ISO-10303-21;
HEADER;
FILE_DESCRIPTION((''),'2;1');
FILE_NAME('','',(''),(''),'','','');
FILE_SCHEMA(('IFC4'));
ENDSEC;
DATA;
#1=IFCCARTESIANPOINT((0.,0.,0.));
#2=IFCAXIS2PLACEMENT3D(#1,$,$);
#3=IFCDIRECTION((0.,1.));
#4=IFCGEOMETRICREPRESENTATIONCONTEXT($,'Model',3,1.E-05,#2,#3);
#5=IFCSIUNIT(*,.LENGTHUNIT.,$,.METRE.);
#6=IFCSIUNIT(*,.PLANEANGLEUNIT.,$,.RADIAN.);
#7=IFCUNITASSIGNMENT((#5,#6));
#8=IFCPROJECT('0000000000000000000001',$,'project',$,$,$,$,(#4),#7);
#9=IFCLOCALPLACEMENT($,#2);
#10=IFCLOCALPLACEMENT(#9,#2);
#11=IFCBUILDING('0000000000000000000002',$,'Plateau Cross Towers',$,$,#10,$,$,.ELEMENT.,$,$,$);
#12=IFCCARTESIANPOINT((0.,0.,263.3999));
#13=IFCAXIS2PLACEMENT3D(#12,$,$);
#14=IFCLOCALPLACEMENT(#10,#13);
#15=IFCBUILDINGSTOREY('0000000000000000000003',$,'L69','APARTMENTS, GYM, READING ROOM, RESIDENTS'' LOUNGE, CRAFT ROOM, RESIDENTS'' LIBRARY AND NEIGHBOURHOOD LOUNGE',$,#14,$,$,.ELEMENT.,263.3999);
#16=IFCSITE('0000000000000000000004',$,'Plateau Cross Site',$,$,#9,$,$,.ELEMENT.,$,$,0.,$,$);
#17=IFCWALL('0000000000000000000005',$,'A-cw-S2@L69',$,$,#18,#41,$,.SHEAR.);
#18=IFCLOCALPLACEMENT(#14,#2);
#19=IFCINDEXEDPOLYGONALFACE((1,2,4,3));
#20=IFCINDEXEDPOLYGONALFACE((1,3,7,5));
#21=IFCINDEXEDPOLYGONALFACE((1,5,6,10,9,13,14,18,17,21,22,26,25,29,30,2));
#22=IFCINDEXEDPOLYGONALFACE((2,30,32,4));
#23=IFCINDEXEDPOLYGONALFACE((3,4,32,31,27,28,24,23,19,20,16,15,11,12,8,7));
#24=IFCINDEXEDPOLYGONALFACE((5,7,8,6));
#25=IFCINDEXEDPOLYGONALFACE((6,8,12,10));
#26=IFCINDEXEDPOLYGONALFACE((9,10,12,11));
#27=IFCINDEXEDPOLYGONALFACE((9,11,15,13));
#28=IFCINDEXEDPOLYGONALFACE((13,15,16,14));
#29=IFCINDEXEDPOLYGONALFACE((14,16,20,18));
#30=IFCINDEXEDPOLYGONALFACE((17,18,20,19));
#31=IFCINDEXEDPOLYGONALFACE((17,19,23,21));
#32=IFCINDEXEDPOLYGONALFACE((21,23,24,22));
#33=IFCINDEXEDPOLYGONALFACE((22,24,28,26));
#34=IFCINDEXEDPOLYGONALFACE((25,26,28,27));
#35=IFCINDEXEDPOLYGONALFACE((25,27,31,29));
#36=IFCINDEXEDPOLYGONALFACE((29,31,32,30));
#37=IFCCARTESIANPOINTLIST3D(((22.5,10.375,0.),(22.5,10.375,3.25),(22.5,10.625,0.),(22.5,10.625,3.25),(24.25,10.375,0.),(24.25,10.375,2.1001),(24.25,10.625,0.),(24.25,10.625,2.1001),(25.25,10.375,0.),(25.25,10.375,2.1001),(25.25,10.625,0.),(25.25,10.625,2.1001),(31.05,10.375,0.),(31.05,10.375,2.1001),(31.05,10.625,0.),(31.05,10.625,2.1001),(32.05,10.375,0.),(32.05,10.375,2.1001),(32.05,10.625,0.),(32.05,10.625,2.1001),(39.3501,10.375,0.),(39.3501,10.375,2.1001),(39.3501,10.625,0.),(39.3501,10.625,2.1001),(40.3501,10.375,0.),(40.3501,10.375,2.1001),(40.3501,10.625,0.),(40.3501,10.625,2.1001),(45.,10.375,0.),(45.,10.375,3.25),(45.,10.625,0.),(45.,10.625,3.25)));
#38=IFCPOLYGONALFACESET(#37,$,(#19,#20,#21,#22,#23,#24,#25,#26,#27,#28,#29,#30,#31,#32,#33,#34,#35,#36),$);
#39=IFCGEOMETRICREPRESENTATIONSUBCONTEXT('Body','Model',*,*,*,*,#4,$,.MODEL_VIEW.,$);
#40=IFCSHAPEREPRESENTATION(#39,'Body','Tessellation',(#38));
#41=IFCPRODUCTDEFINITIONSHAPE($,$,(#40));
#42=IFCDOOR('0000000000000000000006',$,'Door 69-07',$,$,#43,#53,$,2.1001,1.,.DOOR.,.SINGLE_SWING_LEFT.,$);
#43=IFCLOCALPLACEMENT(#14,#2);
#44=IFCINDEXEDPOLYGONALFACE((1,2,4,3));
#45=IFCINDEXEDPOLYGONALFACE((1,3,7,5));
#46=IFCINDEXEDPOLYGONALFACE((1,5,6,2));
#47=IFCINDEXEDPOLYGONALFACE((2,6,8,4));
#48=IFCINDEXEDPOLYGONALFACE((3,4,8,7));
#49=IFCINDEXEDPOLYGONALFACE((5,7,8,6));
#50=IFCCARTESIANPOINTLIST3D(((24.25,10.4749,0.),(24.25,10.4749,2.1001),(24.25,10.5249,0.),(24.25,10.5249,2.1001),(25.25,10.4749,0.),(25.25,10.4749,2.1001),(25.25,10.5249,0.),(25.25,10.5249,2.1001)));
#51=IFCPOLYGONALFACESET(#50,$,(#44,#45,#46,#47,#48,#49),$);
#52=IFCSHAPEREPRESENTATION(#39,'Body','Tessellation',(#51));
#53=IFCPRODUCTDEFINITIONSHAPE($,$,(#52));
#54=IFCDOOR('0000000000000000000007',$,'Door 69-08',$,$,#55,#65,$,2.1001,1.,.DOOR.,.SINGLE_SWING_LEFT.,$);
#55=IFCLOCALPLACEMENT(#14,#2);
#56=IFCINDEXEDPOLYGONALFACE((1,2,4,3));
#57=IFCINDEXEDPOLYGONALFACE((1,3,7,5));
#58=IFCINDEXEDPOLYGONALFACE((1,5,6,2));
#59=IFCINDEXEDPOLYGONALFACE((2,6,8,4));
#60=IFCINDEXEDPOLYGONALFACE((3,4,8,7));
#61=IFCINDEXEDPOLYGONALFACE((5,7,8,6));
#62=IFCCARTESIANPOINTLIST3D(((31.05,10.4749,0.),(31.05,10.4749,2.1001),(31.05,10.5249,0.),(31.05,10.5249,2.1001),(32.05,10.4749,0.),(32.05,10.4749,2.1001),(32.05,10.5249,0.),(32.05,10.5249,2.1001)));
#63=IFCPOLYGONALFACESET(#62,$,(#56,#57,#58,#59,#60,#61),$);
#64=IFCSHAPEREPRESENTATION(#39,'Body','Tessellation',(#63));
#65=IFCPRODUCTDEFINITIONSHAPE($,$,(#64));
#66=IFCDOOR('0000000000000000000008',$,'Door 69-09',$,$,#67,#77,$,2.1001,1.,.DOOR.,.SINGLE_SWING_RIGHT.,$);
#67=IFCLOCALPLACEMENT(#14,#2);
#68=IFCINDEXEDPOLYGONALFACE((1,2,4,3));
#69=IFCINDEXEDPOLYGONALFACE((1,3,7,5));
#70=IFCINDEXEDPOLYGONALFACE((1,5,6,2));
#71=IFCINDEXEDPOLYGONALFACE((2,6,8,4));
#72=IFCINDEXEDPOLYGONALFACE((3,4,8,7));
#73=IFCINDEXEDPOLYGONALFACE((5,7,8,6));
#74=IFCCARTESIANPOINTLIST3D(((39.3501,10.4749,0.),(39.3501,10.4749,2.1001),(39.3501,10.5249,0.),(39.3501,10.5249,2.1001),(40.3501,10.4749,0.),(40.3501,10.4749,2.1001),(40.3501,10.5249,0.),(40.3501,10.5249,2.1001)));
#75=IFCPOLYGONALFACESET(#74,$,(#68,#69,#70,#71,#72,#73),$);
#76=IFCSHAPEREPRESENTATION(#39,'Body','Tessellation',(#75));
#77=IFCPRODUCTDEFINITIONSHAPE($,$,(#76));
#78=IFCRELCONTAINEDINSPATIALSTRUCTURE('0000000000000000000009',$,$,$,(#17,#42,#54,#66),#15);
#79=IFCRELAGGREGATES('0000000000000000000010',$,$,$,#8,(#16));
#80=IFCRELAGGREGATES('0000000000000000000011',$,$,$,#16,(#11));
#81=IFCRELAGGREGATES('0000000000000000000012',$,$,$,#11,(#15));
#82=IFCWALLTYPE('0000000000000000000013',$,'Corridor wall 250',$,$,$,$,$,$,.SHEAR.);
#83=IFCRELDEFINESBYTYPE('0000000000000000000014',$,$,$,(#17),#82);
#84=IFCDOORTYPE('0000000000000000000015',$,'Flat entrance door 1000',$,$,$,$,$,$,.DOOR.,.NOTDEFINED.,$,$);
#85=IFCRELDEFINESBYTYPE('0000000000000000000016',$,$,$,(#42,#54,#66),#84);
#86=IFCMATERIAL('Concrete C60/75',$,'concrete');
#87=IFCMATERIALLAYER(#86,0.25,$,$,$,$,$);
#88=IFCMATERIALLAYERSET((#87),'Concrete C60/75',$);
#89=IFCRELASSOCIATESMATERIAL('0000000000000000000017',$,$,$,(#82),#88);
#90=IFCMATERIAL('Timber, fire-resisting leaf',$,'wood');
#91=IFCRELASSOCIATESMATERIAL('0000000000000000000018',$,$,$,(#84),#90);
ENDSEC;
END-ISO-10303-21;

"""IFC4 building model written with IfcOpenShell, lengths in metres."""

from ifc_helpers import new_model, si_unit, direction, frame, frame_2d, origin, place, context, subcontext, project, spatial, rectangle, extrude, material, layer, layer_set, type_object, element, fill, save


model = new_model("IFC4")

# Units and contexts
model_context = context("Model", 3, precision=1e-05, world=origin(), true_north=direction((0.0, 1.0)))
body_context = subcontext(model_context, "Body", "Model", "MODEL_VIEW")
ifc_project = project(units=[si_unit("LENGTHUNIT", "METRE"), si_unit("PLANEANGLEUNIT", "RADIAN")], contexts=[model_context])

# Site, building, storey
site_placement = place(None, origin())
site = spatial("IfcSite", under=ifc_project, at=site_placement, Name="Plateau Cross Site", CompositionType="ELEMENT", RefElevation=0.0)
building_placement = place(site_placement, origin())
building = spatial("IfcBuilding", under=site, at=building_placement, Name="Plateau Cross Towers", CompositionType="ELEMENT")
storey_placement = place(building_placement, frame((0.0, 0.0, 263.3999)))
storey = spatial("IfcBuildingStorey", under=building, at=storey_placement, Name="L69", Description="APARTMENTS, GYM, READING ROOM, RESIDENTS' LOUNGE, CRAFT ROOM, RESIDENTS' LIBRARY AND NEIGHBOURHOOD LOUNGE", CompositionType="ELEMENT", Elevation=263.3999)

# Shared definitions
ifc_material_1 = material(Name="Concrete C60/75", Category="concrete")

# Wall, openings, doors
ifc_layer_1 = layer(ifc_material_1, 0.25)
ifc_layer_set_1 = layer_set([ifc_layer_1], Name="Concrete C60/75")
wall_type_1 = type_object("IfcWallType", Name="Corridor wall 250", PredefinedType="SHEAR", material=ifc_layer_set_1)
ifc_material_2 = material(Name="Timber, fire-resisting leaf", Category="wood")
door_type_1 = type_object("IfcDoorType", Name="Flat entrance door 1000", OperationType="NOTDEFINED", PredefinedType="DOOR", material=ifc_material_2)
wall_1_placement = place(storey_placement, frame((22.5, 10.5, 0.0), z_axis=(0.0, 0.0, 1.0), x_axis=(1.0, 0.0, 0.0)))
wall_1 = element("IfcWall", 1, at=wall_1_placement, inside=storey, type_object=wall_type_1, Name="A-cw-S2@L69", PredefinedType="SHEAR", context=body_context, shape_type="SweptSolid", body=[
    extrude(rectangle(XDim=22.5, YDim=0.25, at=frame_2d((11.25, 0.0))), origin(), (0.0, 0.0, 1.0), 3.25),
])
opening_1_placement = place(wall_1_placement, frame((1.75, 0.0, 0.0)))
opening_1 = element("IfcOpeningElement", 2, at=opening_1_placement, cuts=wall_1, PredefinedType="OPENING", context=body_context, shape_type="SweptSolid", body=[
    extrude(rectangle(XDim=1.0, YDim=2.1001, at=frame_2d((0.5, 1.05))), frame((0.0, 0.135, 0.0), z_axis=(0.0, -1.0, 0.0), x_axis=(1.0, 0.0, 0.0)), (0.0, 0.0, 1.0), 0.27),
])
opening_2_placement = place(wall_1_placement, frame((8.55, 0.0, 0.0)))
opening_2 = element("IfcOpeningElement", 3, at=opening_2_placement, cuts=wall_1, PredefinedType="OPENING", context=body_context, shape_type="SweptSolid", body=[
    extrude(rectangle(XDim=1.0, YDim=2.1001, at=frame_2d((0.5, 1.05))), frame((0.0, 0.135, 0.0), z_axis=(0.0, -1.0, 0.0), x_axis=(1.0, 0.0, 0.0)), (0.0, 0.0, 1.0), 0.27),
])
opening_3_placement = place(wall_1_placement, frame((16.8501, 0.0, 0.0)))
opening_3 = element("IfcOpeningElement", 4, at=opening_3_placement, cuts=wall_1, PredefinedType="OPENING", context=body_context, shape_type="SweptSolid", body=[
    extrude(rectangle(XDim=1.0, YDim=2.1001, at=frame_2d((0.5, 1.05))), frame((0.0, 0.135, 0.0), z_axis=(0.0, -1.0, 0.0), x_axis=(1.0, 0.0, 0.0)), (0.0, 0.0, 1.0), 0.27),
])
door_1_placement = place(opening_1_placement, origin())
door_1 = element("IfcDoor", 5, at=door_1_placement, inside=storey, type_object=door_type_1, Name="Door 69-07", OperationType="SINGLE_SWING_LEFT", OverallHeight=2.1001, OverallWidth=1.0, PredefinedType="DOOR", context=body_context, shape_type="SweptSolid", body=[
    extrude(rectangle(XDim=1.0, YDim=2.1001, at=frame_2d((0.5, 1.05))), frame((0.0, 0.0249, 0.0), z_axis=(0.0, -1.0, 0.0), x_axis=(1.0, 0.0, 0.0)), (0.0, 0.0, 1.0), 0.05),
])
fill(opening_1, door_1)
door_2_placement = place(opening_2_placement, origin())
door_2 = element("IfcDoor", 6, at=door_2_placement, inside=storey, type_object=door_type_1, Name="Door 69-08", OperationType="SINGLE_SWING_LEFT", OverallHeight=2.1001, OverallWidth=1.0, PredefinedType="DOOR", context=body_context, shape_type="SweptSolid", body=[
    extrude(rectangle(XDim=1.0, YDim=2.1001, at=frame_2d((0.5, 1.05))), frame((0.0, 0.0249, 0.0), z_axis=(0.0, -1.0, 0.0), x_axis=(1.0, 0.0, 0.0)), (0.0, 0.0, 1.0), 0.05),
])
fill(opening_2, door_2)
door_3_placement = place(opening_3_placement, origin())
door_3 = element("IfcDoor", 7, at=door_3_placement, inside=storey, type_object=door_type_1, Name="Door 69-09", OperationType="SINGLE_SWING_RIGHT", OverallHeight=2.1001, OverallWidth=1.0, PredefinedType="DOOR", context=body_context, shape_type="SweptSolid", body=[
    extrude(rectangle(XDim=1.0, YDim=2.1001, at=frame_2d((0.5, 1.05))), frame((0.0, 0.0249, 0.0), z_axis=(0.0, -1.0, 0.0), x_axis=(1.0, 0.0, 0.0)), (0.0, 0.0, 1.0), 0.05),
])
fill(opening_3, door_3)

save(model, "model.ifc")
